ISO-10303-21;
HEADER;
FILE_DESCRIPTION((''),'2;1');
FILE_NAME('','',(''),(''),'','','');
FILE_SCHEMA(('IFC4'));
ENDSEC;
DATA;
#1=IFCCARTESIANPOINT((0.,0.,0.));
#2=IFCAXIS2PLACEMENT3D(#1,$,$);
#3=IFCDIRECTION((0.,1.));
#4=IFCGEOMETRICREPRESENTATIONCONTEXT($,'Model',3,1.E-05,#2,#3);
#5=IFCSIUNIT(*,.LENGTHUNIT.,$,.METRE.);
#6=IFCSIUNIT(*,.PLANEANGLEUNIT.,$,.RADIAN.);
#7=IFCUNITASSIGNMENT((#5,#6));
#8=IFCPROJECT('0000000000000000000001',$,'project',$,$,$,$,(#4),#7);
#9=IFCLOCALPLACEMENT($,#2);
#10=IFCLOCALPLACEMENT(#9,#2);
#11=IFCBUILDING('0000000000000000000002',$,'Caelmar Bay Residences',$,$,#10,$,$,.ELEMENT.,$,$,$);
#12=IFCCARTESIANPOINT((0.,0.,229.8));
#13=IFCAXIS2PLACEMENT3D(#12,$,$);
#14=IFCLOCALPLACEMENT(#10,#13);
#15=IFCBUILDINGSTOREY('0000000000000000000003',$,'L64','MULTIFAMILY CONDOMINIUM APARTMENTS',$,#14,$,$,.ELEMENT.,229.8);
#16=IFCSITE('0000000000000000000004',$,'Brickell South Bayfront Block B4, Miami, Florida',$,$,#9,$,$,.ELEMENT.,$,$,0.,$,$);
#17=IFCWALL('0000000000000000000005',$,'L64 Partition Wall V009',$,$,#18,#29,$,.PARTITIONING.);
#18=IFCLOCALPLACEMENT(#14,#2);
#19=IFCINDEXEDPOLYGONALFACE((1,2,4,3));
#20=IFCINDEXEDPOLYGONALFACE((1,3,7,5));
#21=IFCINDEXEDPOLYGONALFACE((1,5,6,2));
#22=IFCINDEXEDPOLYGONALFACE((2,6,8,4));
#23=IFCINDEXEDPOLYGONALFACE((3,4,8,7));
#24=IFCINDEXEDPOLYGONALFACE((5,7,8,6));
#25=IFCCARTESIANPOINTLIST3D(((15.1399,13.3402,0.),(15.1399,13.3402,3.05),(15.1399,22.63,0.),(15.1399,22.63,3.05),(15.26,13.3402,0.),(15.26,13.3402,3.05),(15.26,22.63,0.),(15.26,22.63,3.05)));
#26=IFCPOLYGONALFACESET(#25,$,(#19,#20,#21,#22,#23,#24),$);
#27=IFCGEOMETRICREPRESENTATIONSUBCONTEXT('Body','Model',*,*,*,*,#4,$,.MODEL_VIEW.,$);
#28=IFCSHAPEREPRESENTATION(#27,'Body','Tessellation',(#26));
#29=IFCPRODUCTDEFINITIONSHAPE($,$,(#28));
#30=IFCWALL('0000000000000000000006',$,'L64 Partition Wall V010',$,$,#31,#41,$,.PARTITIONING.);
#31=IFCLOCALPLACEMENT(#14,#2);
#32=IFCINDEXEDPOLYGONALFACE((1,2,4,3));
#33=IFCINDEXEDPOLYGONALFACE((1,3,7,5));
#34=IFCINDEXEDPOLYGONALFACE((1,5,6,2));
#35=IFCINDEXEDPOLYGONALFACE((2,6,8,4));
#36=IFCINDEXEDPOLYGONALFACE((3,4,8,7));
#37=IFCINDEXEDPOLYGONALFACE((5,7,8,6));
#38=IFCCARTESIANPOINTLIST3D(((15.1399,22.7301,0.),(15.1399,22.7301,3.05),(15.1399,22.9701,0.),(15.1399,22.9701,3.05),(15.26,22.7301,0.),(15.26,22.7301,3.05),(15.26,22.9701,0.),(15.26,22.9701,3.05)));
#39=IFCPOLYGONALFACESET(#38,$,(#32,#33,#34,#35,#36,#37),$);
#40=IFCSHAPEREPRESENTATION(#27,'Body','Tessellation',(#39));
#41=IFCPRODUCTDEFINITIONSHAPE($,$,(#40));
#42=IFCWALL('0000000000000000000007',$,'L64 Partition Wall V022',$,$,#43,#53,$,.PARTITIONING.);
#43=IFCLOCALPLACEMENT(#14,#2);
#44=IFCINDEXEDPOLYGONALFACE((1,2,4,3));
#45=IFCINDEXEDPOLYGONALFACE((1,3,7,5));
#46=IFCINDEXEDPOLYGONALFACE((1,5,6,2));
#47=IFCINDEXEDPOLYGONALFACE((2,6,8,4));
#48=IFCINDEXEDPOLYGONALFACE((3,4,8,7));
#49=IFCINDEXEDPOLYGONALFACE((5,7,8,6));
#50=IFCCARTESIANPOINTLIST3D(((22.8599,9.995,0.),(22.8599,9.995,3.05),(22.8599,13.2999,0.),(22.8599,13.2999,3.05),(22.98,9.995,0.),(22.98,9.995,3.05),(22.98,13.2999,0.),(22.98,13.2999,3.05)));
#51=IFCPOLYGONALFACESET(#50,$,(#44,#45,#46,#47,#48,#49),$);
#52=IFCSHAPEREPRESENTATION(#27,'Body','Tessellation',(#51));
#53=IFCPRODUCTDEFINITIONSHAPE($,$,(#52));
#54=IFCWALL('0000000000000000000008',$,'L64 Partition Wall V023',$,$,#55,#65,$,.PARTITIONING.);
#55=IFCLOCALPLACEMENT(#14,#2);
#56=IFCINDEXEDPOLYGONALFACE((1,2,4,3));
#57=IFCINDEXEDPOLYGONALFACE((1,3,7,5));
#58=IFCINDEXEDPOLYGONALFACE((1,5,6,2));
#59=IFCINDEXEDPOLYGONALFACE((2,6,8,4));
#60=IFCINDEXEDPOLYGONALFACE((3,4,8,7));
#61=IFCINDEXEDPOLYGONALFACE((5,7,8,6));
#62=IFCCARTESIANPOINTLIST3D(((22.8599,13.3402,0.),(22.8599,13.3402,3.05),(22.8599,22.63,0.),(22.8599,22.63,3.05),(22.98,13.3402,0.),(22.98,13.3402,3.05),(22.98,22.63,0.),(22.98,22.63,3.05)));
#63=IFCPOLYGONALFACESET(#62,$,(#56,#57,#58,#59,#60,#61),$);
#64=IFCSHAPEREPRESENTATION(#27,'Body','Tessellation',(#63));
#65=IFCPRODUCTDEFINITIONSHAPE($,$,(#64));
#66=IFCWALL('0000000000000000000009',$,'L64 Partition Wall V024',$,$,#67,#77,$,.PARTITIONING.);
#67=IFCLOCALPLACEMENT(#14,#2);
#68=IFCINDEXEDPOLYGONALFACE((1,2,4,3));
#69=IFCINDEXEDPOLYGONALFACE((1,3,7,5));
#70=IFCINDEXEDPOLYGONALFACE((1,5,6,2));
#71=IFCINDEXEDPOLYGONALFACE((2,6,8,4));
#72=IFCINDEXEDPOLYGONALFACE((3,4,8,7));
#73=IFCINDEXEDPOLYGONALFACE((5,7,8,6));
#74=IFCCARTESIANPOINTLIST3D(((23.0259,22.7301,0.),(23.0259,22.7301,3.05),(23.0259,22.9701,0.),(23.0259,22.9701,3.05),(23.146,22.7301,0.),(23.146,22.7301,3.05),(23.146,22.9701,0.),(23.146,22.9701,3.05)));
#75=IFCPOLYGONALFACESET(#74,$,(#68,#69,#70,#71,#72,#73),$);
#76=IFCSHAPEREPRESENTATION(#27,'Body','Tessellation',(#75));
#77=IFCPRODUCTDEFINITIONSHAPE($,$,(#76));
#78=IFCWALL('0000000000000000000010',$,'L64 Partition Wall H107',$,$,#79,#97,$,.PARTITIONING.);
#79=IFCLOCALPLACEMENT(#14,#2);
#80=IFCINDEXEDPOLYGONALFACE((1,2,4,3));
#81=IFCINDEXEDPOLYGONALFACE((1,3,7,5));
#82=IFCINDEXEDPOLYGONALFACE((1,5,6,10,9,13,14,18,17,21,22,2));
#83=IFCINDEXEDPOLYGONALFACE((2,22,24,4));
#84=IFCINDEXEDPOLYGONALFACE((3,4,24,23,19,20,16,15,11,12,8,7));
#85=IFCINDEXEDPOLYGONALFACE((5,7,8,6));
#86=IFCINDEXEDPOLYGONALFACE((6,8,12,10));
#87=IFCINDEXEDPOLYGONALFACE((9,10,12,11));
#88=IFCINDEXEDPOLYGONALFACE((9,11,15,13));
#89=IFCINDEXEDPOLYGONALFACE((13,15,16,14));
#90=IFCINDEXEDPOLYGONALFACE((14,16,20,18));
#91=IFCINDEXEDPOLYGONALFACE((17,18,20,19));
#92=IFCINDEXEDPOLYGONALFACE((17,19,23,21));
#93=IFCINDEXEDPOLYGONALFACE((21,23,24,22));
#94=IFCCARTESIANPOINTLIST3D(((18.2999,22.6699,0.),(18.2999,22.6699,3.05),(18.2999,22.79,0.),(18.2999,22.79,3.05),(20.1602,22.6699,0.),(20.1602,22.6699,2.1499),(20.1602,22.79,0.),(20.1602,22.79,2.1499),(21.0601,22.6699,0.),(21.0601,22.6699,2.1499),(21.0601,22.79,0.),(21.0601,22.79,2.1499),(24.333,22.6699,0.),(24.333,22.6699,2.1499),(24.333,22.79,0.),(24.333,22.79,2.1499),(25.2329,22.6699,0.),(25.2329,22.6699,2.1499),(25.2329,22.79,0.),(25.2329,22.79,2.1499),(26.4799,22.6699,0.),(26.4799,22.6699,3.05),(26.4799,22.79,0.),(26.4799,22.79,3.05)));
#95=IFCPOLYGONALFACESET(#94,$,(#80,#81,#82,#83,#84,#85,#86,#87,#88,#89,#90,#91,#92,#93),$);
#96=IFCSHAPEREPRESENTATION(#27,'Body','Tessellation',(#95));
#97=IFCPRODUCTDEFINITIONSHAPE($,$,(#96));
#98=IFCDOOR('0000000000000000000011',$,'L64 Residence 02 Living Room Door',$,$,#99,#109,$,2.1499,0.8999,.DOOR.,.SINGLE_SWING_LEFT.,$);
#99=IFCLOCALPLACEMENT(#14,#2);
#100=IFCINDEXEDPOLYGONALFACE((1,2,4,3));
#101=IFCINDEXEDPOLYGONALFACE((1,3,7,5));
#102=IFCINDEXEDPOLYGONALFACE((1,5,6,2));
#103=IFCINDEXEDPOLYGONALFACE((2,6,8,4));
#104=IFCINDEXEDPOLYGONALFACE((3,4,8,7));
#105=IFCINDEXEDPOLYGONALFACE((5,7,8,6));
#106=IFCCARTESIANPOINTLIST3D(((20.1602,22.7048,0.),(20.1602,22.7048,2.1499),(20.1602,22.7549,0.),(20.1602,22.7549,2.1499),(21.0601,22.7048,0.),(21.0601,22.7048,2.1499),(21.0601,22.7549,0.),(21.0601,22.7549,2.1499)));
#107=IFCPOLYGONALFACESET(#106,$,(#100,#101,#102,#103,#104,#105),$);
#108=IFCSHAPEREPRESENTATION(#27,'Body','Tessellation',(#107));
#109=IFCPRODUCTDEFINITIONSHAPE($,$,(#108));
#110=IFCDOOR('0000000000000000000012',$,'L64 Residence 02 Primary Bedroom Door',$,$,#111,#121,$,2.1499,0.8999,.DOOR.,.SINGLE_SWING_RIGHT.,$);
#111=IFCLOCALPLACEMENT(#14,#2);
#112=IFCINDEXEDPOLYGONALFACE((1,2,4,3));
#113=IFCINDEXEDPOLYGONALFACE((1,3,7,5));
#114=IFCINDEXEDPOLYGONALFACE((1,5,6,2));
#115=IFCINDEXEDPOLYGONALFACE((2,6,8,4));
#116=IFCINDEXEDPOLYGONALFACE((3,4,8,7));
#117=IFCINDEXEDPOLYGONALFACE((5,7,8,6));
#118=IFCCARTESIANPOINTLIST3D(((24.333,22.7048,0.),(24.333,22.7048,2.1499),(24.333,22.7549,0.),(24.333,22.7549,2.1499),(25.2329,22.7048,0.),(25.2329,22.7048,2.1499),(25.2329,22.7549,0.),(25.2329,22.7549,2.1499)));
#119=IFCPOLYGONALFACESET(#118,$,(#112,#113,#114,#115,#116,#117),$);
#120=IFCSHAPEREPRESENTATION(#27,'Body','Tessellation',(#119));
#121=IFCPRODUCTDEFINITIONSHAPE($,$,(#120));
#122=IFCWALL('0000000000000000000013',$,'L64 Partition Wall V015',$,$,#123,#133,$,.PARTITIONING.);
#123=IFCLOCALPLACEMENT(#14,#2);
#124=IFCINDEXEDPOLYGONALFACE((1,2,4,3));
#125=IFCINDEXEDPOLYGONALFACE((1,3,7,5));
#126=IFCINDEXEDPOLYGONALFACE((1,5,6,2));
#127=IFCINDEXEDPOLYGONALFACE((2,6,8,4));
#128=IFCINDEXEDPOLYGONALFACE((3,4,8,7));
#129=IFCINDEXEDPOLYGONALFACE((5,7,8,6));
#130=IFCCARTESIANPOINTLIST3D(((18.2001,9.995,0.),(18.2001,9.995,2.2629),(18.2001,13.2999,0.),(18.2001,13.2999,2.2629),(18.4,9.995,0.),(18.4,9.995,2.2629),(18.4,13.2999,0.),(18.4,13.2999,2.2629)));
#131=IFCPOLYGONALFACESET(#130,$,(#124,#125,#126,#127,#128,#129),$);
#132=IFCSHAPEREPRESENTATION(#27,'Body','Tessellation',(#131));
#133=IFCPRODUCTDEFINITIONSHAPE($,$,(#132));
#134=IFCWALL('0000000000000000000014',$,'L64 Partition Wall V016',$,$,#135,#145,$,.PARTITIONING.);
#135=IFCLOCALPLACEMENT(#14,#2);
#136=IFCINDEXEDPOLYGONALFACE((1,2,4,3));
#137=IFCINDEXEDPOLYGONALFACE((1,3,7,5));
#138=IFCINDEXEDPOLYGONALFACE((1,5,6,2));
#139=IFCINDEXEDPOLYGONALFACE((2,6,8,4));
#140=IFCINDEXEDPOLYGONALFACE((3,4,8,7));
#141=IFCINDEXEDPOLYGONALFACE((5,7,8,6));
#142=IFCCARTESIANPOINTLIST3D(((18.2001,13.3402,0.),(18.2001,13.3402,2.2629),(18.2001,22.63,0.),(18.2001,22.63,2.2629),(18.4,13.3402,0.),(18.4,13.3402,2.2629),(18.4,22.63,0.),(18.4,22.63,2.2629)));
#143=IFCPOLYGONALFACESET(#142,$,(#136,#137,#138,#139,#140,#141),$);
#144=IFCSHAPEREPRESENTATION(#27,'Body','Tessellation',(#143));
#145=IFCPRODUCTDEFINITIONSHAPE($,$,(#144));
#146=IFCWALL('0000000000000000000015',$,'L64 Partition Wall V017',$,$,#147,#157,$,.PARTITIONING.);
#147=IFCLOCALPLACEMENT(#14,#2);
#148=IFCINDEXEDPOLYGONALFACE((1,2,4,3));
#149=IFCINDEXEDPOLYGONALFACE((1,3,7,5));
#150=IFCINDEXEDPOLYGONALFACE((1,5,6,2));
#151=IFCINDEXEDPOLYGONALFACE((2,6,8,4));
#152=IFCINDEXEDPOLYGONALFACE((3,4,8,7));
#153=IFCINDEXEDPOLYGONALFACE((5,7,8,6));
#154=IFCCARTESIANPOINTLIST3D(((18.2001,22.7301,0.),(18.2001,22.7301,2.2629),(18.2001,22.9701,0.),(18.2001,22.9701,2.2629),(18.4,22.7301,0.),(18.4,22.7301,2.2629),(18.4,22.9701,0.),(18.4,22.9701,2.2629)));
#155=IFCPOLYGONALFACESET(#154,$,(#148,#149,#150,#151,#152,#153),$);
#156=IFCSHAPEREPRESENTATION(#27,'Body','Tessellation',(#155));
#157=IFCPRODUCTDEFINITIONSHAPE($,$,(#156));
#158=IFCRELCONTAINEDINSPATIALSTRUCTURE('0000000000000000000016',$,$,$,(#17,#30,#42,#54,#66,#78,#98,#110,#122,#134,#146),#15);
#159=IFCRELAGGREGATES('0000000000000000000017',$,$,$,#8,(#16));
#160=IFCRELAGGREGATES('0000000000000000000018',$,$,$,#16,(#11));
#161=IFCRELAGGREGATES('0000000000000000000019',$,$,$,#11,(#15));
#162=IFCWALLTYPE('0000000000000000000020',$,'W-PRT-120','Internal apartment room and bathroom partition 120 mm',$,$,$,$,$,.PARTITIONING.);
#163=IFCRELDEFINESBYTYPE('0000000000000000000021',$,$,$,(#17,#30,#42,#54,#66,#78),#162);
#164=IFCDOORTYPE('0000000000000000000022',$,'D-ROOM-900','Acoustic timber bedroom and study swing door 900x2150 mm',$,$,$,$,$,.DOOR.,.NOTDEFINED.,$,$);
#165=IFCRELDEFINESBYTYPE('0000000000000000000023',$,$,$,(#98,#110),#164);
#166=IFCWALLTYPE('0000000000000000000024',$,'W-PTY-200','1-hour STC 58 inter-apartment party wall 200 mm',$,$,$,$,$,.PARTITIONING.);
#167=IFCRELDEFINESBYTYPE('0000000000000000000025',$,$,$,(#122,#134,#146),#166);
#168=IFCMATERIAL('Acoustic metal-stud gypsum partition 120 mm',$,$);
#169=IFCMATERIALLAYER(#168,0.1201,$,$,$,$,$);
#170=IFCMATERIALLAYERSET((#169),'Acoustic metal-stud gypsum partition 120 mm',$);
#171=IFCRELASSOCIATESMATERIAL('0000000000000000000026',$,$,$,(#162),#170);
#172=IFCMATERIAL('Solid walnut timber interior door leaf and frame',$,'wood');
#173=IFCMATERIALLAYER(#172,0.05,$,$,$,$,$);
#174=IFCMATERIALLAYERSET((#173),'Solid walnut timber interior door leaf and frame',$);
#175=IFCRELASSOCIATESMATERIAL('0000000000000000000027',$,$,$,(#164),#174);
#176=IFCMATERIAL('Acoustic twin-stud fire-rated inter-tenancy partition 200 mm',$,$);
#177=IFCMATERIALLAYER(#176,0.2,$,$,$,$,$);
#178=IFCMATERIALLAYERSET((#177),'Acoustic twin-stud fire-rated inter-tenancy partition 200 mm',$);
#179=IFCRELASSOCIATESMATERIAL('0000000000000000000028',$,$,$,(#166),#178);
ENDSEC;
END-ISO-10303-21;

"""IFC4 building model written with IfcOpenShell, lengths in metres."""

from ifc_helpers import new_model, si_unit, direction, frame, frame_2d, origin, place, context, subcontext, project, spatial, rectangle, extrude, material, layer, layer_set, type_object, element, fill, save


model = new_model("IFC4")

# Units and contexts
model_context = context("Model", 3, precision=1e-05, world=origin(), true_north=direction((0.0, 1.0)))
body_context = subcontext(model_context, "Body", "Model", "MODEL_VIEW")
ifc_project = project(units=[si_unit("LENGTHUNIT", "METRE"), si_unit("PLANEANGLEUNIT", "RADIAN")], contexts=[model_context])

# Site, building, storey
site_placement = place(None, origin())
site = spatial("IfcSite", under=ifc_project, at=site_placement, Name="Brickell South Bayfront Block B4, Miami, Florida", CompositionType="ELEMENT", RefElevation=0.0)
building_placement = place(site_placement, origin())
building = spatial("IfcBuilding", under=site, at=building_placement, Name="Caelmar Bay Residences", CompositionType="ELEMENT")
storey_placement = place(building_placement, frame((0.0, 0.0, 229.8)))
storey = spatial("IfcBuildingStorey", under=building, at=storey_placement, Name="L64", Description="MULTIFAMILY CONDOMINIUM APARTMENTS", CompositionType="ELEMENT", Elevation=229.8)

# Shared definitions
ifc_material_1 = material(Name="Acoustic metal-stud gypsum partition 120 mm")
ifc_layer_1 = layer(ifc_material_1, 0.1201)
ifc_layer_set_1 = layer_set([ifc_layer_1], Name="Acoustic metal-stud gypsum partition 120 mm")
wall_type_1 = type_object("IfcWallType", Name="W-PRT-120", Description="Internal apartment room and bathroom partition 120 mm", PredefinedType="PARTITIONING", material=ifc_layer_set_1)

# Shared definitions
ifc_material_2 = material(Name="Solid walnut timber interior door leaf and frame", Category="wood")
ifc_layer_2 = layer(ifc_material_2, 0.05)
ifc_layer_set_2 = layer_set([ifc_layer_2], Name="Solid walnut timber interior door leaf and frame")
door_type = type_object("IfcDoorType", Name="D-ROOM-900", Description="Acoustic timber bedroom and study swing door 900x2150 mm", OperationType="NOTDEFINED", PredefinedType="DOOR", material=ifc_layer_set_2)

# Walls
wall_1_placement = place(storey_placement, frame((15.2, 13.3401, 0.0), z_axis=(0.0, 0.0, 1.0), x_axis=(0.0, 1.0, 0.0)))
element("IfcWall", 1, at=wall_1_placement, inside=storey, type_object=wall_type_1, Name="L64 Partition Wall V009", PredefinedType="PARTITIONING", context=body_context, shape_type="SweptSolid", body=[
    extrude(rectangle(XDim=9.2898, YDim=0.1201, at=frame_2d((4.645, 0.0))), origin(), (0.0, 0.0, 1.0), 3.05),
])
wall_2_placement = place(storey_placement, frame((15.2, 22.73, 0.0), z_axis=(0.0, 0.0, 1.0), x_axis=(0.0, 1.0, 0.0)))
element("IfcWall", 2, at=wall_2_placement, inside=storey, type_object=wall_type_1, Name="L64 Partition Wall V010", PredefinedType="PARTITIONING", context=body_context, shape_type="SweptSolid", body=[
    extrude(rectangle(XDim=0.24, YDim=0.1201, at=frame_2d((0.1201, 0.0))), origin(), (0.0, 0.0, 1.0), 3.05),
])
wall_3_placement = place(storey_placement, frame((22.9199, 9.9951, 0.0), z_axis=(0.0, 0.0, 1.0), x_axis=(0.0, 1.0, 0.0)))
element("IfcWall", 3, at=wall_3_placement, inside=storey, type_object=wall_type_1, Name="L64 Partition Wall V022", PredefinedType="PARTITIONING", context=body_context, shape_type="SweptSolid", body=[
    extrude(rectangle(XDim=3.3049, YDim=0.1201, at=frame_2d((1.6523, 0.0))), origin(), (0.0, 0.0, 1.0), 3.05),
])
wall_4_placement = place(storey_placement, frame((22.9199, 13.3401, 0.0), z_axis=(0.0, 0.0, 1.0), x_axis=(0.0, 1.0, 0.0)))
element("IfcWall", 4, at=wall_4_placement, inside=storey, type_object=wall_type_1, Name="L64 Partition Wall V023", PredefinedType="PARTITIONING", context=body_context, shape_type="SweptSolid", body=[
    extrude(rectangle(XDim=9.2898, YDim=0.1201, at=frame_2d((4.645, 0.0))), origin(), (0.0, 0.0, 1.0), 3.05),
])
wall_5_placement = place(storey_placement, frame((23.0859, 22.73, 0.0), z_axis=(0.0, 0.0, 1.0), x_axis=(0.0, 1.0, 0.0)))
element("IfcWall", 5, at=wall_5_placement, inside=storey, type_object=wall_type_1, Name="L64 Partition Wall V024", PredefinedType="PARTITIONING", context=body_context, shape_type="SweptSolid", body=[
    extrude(rectangle(XDim=0.24, YDim=0.1201, at=frame_2d((0.1201, 0.0))), origin(), (0.0, 0.0, 1.0), 3.05),
])

# Wall, openings, doors
wall_6_placement = place(storey_placement, frame((18.3, 22.73, 0.0), z_axis=(0.0, 0.0, 1.0), x_axis=(1.0, 0.0, 0.0)))
wall_6 = element("IfcWall", 6, at=wall_6_placement, inside=storey, type_object=wall_type_1, Name="L64 Partition Wall H107", PredefinedType="PARTITIONING", context=body_context, shape_type="SweptSolid", body=[
    extrude(rectangle(XDim=8.1799, YDim=0.1201, at=frame_2d((4.0898, 0.0))), origin(), (0.0, 0.0, 1.0), 3.05),
])
opening_1_placement = place(wall_6_placement, frame((1.8601, 0.0, 0.0)))
opening_1 = element("IfcOpeningElement", 7, at=opening_1_placement, cuts=wall_6, PredefinedType="OPENING", context=body_context, shape_type="SweptSolid", body=[
    extrude(rectangle(XDim=0.8999, YDim=2.1499, at=frame_2d((0.45, 1.075))), frame((0.0, 0.0701, 0.0), z_axis=(0.0, -1.0, 0.0), x_axis=(1.0, 0.0, 0.0)), (0.0, 0.0, 1.0), 0.1401),
])
opening_2_placement = place(wall_6_placement, frame((6.033, 0.0, 0.0)))
opening_2 = element("IfcOpeningElement", 8, at=opening_2_placement, cuts=wall_6, PredefinedType="OPENING", context=body_context, shape_type="SweptSolid", body=[
    extrude(rectangle(XDim=0.8999, YDim=2.1499, at=frame_2d((0.45, 1.075))), frame((0.0, 0.0701, 0.0), z_axis=(0.0, -1.0, 0.0), x_axis=(1.0, 0.0, 0.0)), (0.0, 0.0, 1.0), 0.1401),
])
door_1_placement = place(opening_1_placement, origin())
door_1 = element("IfcDoor", 9, at=door_1_placement, inside=storey, type_object=door_type, Name="L64 Residence 02 Living Room Door", OperationType="SINGLE_SWING_LEFT", OverallHeight=2.1499, OverallWidth=0.8999, PredefinedType="DOOR", context=body_context, shape_type="SweptSolid", body=[
    extrude(rectangle(XDim=0.8999, YDim=2.1499, at=frame_2d((0.45, 1.075))), frame((0.0, 0.0249, 0.0), z_axis=(0.0, -1.0, 0.0), x_axis=(1.0, 0.0, 0.0)), (0.0, 0.0, 1.0), 0.05),
])
fill(opening_1, door_1)
door_2_placement = place(opening_2_placement, origin())
door_2 = element("IfcDoor", 10, at=door_2_placement, inside=storey, type_object=door_type, Name="L64 Residence 02 Primary Bedroom Door", OperationType="SINGLE_SWING_RIGHT", OverallHeight=2.1499, OverallWidth=0.8999, PredefinedType="DOOR", context=body_context, shape_type="SweptSolid", body=[
    extrude(rectangle(XDim=0.8999, YDim=2.1499, at=frame_2d((0.45, 1.075))), frame((0.0, 0.0249, 0.0), z_axis=(0.0, -1.0, 0.0), x_axis=(1.0, 0.0, 0.0)), (0.0, 0.0, 1.0), 0.05),
])
fill(opening_2, door_2)

# Walls
ifc_material_3 = material(Name="Acoustic twin-stud fire-rated inter-tenancy partition 200 mm")
ifc_layer_3 = layer(ifc_material_3, 0.2)
ifc_layer_set_3 = layer_set([ifc_layer_3], Name="Acoustic twin-stud fire-rated inter-tenancy partition 200 mm")
wall_type_2 = type_object("IfcWallType", Name="W-PTY-200", Description="1-hour STC 58 inter-apartment party wall 200 mm", PredefinedType="PARTITIONING", material=ifc_layer_set_3)
wall_7_placement = place(storey_placement, frame((18.3, 9.9951, 0.0), z_axis=(0.0, 0.0, 1.0), x_axis=(0.0, 1.0, 0.0)))
element("IfcWall", 11, at=wall_7_placement, inside=storey, type_object=wall_type_2, Name="L64 Partition Wall V015", PredefinedType="PARTITIONING", context=body_context, shape_type="SweptSolid", body=[
    extrude(rectangle(XDim=3.3049, YDim=0.2, at=frame_2d((1.6523, 0.0))), origin(), (0.0, 0.0, 1.0), 2.2629),
])
wall_8_placement = place(storey_placement, frame((18.3, 13.3401, 0.0), z_axis=(0.0, 0.0, 1.0), x_axis=(0.0, 1.0, 0.0)))
element("IfcWall", 12, at=wall_8_placement, inside=storey, type_object=wall_type_2, Name="L64 Partition Wall V016", PredefinedType="PARTITIONING", context=body_context, shape_type="SweptSolid", body=[
    extrude(rectangle(XDim=9.2898, YDim=0.2, at=frame_2d((4.645, 0.0))), origin(), (0.0, 0.0, 1.0), 2.2629),
])
wall_9_placement = place(storey_placement, frame((18.3, 22.73, 0.0), z_axis=(0.0, 0.0, 1.0), x_axis=(0.0, 1.0, 0.0)))
element("IfcWall", 13, at=wall_9_placement, inside=storey, type_object=wall_type_2, Name="L64 Partition Wall V017", PredefinedType="PARTITIONING", context=body_context, shape_type="SweptSolid", body=[
    extrude(rectangle(XDim=0.24, YDim=0.2, at=frame_2d((0.1201, 0.0))), origin(), (0.0, 0.0, 1.0), 2.2629),
])

save(model, "model.ifc")
